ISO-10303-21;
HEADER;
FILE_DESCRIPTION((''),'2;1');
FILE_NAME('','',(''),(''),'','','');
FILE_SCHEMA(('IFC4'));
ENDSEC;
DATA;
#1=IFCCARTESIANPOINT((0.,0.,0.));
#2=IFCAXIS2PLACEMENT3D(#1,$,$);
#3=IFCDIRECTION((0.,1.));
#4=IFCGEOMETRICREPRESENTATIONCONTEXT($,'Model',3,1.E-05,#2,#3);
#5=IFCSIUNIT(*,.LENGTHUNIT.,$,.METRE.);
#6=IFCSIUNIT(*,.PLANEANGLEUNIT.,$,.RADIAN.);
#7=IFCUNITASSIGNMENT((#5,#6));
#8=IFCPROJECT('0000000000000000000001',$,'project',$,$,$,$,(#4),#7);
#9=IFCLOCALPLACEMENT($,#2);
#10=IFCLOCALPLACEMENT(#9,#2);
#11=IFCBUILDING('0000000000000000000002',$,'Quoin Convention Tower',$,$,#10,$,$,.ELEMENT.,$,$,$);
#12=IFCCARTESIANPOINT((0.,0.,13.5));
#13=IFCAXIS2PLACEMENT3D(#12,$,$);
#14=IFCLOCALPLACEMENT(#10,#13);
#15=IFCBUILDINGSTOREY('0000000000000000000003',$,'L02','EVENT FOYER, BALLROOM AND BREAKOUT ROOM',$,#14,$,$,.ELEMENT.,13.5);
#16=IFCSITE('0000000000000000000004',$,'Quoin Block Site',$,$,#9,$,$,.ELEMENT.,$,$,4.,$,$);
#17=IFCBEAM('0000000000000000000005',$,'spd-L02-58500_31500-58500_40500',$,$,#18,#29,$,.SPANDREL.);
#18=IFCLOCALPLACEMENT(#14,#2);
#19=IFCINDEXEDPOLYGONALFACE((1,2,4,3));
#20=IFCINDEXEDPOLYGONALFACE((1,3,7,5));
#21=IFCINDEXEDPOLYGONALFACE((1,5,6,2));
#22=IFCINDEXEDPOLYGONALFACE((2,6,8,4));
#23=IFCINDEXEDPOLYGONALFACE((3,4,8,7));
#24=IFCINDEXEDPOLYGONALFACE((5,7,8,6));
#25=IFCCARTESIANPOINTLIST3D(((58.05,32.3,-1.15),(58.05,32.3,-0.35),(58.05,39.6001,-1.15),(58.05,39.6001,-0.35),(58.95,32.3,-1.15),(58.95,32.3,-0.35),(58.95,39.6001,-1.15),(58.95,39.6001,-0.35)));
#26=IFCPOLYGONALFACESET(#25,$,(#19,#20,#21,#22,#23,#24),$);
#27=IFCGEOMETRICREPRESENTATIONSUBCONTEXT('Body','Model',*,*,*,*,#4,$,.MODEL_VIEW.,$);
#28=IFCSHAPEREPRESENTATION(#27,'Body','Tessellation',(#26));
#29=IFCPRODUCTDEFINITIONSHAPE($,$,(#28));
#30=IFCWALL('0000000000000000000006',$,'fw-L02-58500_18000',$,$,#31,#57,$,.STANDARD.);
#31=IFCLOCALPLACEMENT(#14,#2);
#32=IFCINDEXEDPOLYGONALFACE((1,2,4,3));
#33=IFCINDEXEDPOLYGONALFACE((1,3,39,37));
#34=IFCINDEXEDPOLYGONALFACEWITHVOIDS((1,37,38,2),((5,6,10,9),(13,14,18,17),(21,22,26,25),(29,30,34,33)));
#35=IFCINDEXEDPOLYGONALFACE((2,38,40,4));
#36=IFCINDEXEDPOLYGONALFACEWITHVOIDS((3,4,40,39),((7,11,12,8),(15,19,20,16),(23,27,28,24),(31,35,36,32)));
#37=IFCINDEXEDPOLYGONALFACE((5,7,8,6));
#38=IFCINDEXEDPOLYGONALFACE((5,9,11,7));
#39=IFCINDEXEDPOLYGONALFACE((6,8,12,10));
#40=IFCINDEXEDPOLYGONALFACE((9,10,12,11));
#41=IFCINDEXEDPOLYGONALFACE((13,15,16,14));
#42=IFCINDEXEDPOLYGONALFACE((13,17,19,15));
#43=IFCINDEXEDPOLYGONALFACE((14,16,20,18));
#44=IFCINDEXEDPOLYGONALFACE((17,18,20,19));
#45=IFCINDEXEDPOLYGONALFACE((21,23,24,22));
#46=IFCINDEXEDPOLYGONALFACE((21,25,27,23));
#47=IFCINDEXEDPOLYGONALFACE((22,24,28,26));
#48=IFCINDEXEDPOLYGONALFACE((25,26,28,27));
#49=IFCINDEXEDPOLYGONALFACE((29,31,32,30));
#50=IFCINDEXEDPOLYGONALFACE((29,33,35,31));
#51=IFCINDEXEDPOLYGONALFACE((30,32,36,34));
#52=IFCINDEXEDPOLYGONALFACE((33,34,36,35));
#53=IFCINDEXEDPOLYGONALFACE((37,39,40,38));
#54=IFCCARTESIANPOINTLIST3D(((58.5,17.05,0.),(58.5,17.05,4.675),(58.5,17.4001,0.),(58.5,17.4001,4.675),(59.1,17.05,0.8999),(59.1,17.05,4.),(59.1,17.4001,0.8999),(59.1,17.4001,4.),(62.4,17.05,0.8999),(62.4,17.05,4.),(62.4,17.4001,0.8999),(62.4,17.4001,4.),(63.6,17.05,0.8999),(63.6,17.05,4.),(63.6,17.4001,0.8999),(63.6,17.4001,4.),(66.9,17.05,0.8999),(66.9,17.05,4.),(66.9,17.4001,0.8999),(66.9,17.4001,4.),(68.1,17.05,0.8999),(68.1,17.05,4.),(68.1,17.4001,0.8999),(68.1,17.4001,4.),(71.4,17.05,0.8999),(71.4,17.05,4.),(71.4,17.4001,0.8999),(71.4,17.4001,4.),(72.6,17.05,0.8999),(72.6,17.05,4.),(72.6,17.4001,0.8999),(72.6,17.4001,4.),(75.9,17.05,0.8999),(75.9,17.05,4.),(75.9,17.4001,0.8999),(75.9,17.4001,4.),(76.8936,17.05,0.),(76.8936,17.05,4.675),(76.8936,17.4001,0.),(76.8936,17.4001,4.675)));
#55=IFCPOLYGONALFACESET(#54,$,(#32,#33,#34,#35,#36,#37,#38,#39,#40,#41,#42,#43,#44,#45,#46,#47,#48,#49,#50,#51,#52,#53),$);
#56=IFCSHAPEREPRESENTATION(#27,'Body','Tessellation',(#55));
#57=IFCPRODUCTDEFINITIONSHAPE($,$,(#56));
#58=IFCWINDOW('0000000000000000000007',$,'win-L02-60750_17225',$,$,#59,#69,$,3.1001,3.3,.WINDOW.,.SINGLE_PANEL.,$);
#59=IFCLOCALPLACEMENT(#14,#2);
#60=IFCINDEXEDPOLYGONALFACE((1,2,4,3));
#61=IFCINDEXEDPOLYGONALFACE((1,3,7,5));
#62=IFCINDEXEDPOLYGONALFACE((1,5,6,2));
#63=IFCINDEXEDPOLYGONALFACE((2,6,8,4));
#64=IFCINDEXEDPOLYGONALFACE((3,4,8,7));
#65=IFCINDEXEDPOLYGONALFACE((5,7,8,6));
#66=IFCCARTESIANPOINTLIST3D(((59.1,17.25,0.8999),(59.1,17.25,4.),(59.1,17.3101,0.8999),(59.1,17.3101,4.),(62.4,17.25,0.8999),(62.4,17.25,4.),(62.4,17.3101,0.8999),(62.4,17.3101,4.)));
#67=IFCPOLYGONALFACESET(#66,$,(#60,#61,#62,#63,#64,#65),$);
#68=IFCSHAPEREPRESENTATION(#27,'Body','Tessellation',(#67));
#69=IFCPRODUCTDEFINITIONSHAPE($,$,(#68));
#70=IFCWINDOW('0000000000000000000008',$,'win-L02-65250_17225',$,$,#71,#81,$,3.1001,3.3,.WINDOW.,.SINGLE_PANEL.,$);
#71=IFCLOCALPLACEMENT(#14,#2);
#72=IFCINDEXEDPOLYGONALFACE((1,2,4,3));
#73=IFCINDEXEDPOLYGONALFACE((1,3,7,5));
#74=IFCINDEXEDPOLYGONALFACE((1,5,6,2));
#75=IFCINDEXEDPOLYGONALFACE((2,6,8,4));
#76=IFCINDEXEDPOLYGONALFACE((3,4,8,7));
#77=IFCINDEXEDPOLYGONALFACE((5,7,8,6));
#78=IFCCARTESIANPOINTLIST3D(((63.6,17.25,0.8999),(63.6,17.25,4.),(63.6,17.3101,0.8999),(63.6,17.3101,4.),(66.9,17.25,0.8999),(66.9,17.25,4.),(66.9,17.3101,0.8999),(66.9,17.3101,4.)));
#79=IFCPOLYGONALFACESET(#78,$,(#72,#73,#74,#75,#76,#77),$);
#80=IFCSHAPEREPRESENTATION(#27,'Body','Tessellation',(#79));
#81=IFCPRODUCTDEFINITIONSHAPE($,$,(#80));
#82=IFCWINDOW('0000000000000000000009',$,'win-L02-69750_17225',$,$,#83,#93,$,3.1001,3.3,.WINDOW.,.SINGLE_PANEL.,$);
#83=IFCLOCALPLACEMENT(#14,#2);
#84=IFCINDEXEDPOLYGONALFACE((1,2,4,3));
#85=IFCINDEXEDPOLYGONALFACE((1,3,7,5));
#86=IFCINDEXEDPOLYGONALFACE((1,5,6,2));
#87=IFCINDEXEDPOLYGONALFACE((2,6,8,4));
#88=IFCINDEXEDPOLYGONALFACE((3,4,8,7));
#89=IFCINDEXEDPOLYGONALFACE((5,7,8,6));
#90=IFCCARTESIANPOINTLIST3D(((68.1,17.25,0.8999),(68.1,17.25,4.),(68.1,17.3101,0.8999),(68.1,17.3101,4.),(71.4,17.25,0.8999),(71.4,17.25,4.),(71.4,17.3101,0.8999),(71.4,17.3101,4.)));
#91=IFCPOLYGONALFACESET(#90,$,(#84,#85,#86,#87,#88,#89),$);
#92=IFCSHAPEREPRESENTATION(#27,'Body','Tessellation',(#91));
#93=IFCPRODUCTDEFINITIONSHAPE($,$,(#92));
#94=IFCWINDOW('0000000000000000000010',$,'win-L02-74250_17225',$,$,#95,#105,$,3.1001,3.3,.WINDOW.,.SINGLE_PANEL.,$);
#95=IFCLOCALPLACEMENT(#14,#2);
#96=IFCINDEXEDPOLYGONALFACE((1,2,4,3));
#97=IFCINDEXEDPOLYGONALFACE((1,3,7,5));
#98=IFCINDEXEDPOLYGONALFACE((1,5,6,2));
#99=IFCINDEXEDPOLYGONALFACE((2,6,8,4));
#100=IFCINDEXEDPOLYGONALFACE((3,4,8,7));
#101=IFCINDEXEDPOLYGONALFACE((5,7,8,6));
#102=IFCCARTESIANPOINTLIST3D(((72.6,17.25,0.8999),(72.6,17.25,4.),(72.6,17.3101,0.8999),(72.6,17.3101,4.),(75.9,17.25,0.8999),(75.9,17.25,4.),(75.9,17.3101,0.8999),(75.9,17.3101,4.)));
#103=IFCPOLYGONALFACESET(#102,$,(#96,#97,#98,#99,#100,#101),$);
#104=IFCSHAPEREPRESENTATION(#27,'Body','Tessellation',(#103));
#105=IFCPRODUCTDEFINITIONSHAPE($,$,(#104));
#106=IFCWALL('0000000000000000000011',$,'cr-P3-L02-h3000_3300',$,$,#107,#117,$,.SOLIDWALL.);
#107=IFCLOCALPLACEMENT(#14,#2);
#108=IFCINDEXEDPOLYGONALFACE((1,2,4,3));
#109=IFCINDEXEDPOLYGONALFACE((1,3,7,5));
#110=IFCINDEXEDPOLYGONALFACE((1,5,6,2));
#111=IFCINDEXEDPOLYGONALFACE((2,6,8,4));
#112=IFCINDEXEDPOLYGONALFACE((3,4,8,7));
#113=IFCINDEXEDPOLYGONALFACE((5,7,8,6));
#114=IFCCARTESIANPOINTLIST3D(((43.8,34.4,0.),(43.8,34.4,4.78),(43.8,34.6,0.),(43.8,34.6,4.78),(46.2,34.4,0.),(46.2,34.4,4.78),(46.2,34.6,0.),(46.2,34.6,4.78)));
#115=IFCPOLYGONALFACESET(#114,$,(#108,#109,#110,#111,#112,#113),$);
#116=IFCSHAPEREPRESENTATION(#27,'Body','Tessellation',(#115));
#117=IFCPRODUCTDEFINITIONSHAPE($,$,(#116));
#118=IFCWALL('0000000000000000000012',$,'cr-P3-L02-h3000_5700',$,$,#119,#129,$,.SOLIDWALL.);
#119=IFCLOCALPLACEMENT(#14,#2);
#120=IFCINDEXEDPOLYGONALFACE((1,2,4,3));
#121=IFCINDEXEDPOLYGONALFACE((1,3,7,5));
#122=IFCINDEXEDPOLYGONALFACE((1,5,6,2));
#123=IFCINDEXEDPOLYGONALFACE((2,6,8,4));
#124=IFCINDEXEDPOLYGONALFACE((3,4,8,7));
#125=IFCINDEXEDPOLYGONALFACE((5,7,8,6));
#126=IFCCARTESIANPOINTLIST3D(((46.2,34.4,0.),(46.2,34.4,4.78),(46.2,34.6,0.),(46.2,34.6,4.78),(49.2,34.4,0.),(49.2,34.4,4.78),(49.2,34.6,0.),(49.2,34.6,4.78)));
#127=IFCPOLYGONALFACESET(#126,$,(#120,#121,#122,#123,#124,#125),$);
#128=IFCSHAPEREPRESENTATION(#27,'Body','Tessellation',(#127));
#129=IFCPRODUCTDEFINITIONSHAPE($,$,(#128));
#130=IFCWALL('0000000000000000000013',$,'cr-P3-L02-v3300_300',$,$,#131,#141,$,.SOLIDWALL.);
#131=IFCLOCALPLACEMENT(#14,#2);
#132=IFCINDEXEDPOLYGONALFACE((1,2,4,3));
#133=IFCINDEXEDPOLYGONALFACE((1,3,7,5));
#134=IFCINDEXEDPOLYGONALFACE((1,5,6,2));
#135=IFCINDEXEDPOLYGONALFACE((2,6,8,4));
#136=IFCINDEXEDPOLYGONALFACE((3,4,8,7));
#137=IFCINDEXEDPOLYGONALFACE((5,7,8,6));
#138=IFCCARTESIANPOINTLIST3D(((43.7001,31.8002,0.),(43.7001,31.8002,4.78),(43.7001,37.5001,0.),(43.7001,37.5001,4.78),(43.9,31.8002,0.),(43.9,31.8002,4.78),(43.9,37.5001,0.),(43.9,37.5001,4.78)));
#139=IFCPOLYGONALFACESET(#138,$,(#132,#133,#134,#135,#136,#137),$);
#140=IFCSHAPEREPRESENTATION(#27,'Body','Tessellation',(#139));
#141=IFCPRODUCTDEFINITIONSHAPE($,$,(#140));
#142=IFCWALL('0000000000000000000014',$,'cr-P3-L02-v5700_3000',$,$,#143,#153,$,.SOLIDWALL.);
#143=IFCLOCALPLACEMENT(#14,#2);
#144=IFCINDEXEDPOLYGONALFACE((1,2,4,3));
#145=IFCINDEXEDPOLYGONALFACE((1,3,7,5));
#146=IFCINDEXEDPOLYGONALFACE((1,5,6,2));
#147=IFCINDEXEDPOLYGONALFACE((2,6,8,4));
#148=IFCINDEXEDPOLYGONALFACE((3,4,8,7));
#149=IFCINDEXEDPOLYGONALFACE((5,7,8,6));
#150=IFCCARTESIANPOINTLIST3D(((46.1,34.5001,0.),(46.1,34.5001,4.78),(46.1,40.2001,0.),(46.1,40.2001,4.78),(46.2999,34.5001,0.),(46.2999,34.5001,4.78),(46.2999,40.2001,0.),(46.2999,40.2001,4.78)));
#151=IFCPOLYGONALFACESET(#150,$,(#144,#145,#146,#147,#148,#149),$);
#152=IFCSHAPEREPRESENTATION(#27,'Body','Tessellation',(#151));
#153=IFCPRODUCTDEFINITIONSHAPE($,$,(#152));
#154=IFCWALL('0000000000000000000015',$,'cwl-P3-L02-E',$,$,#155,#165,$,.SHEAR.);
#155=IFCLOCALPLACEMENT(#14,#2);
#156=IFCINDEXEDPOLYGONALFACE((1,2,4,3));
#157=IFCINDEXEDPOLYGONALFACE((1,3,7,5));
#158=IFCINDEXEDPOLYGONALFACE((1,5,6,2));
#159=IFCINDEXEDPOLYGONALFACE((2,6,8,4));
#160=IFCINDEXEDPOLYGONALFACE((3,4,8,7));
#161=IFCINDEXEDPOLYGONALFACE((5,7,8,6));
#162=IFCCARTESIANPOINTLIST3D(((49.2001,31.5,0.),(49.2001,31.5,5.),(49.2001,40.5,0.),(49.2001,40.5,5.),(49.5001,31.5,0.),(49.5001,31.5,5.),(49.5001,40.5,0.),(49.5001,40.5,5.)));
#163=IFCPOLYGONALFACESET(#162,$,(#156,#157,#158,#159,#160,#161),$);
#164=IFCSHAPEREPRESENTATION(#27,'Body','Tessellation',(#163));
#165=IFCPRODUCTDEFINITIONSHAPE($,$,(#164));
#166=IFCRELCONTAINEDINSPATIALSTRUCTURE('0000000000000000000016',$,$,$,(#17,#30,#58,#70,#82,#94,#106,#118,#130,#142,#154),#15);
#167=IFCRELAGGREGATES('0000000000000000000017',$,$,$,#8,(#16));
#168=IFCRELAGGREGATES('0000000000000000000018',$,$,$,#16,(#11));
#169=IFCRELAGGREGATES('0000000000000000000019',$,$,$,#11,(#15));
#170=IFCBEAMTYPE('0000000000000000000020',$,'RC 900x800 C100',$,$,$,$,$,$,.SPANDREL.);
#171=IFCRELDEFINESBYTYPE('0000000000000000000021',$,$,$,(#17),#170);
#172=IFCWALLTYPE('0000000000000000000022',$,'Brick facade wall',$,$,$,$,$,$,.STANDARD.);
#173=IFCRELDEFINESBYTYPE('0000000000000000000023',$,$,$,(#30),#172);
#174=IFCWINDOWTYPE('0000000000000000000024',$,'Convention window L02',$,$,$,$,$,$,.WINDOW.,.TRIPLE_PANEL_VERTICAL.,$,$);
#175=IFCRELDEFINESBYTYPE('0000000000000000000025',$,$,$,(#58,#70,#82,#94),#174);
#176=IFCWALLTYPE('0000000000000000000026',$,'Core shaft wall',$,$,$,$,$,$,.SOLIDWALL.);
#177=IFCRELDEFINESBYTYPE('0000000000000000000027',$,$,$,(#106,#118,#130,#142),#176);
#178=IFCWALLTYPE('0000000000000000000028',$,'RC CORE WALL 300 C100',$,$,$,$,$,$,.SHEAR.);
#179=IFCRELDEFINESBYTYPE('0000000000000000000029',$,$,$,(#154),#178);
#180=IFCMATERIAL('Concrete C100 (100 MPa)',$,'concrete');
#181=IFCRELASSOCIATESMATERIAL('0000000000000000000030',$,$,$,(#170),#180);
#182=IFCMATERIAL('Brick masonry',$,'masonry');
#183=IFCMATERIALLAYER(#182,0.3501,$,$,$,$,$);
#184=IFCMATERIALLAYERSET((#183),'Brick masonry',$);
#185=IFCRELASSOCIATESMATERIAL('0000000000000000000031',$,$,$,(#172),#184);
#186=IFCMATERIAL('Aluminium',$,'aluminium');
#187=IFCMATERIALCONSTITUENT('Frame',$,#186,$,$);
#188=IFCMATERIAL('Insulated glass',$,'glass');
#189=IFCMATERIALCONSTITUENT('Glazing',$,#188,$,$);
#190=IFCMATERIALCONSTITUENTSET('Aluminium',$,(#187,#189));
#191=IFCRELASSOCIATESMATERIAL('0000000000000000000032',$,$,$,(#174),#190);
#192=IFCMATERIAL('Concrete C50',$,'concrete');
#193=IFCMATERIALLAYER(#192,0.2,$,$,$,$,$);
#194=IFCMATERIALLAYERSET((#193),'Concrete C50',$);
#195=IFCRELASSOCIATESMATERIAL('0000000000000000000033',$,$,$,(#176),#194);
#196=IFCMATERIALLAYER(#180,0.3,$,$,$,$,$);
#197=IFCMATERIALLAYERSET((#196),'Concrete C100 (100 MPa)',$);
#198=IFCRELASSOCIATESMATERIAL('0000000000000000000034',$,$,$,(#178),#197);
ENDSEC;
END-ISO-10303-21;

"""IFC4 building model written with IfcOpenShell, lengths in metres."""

from ifc_helpers import new_model, si_unit, direction, frame, frame_2d, origin, origin_2d, place, context, subcontext, project, spatial, rectangle, extrude, material, layer, layer_set, constituent, constituent_set, material_profile, profile_set, type_object, element, fill, save


model = new_model("IFC4")

# Units and contexts
model_context = context("Model", 3, precision=1e-05, world=origin(), true_north=direction((0.0, 1.0)))
body_context = subcontext(model_context, "Body", "Model", "MODEL_VIEW")
ifc_project = project(units=[si_unit("LENGTHUNIT", "METRE"), si_unit("PLANEANGLEUNIT", "RADIAN")], contexts=[model_context])

# Site, building, storey
site_placement = place(None, origin())
site = spatial("IfcSite", under=ifc_project, at=site_placement, Name="Quoin Block Site", CompositionType="ELEMENT", RefElevation=4.0)
building_placement = place(site_placement, origin())
building = spatial("IfcBuilding", under=site, at=building_placement, Name="Quoin Convention Tower", CompositionType="ELEMENT")
storey_placement = place(building_placement, frame((0.0, 0.0, 13.5)))
storey = spatial("IfcBuildingStorey", under=building, at=storey_placement, Name="L02", Description="EVENT FOYER, BALLROOM AND BREAKOUT ROOM", CompositionType="ELEMENT", Elevation=13.5)

# Shared definitions
ifc_material_1 = material(Name="Concrete C100 (100 MPa)", Category="concrete")

# Beam
ifc_material_profile_1 = material_profile(ifc_material_1, rectangle(XDim=0.8999, YDim=0.8, at=origin_2d()), Name="RC 900x800")
ifc_profile_set_1 = profile_set([ifc_material_profile_1], Name="Concrete C100 (100 MPa)")
beam_type_1 = type_object("IfcBeamType", Name="RC 900x800 C100", PredefinedType="SPANDREL", material=ifc_profile_set_1)
beam_1_placement = place(storey_placement, frame((58.5, 32.3, -0.75), z_axis=(0.0, 1.0, 0.0), x_axis=(-1.0, 0.0, 0.0)))
element("IfcBeam", 1, at=beam_1_placement, inside=storey, type_object=beam_type_1, Name="spd-L02-58500_31500-58500_40500", PredefinedType="SPANDREL", context=body_context, shape_type="SweptSolid", body=[
    extrude(rectangle(XDim=0.8999, YDim=0.8, at=origin_2d()), origin(), (0.0, 0.0, 1.0), 7.3),
])

# Wall, openings, windows
ifc_material_2 = material(Name="Brick masonry", Category="masonry")
ifc_layer_1 = layer(ifc_material_2, 0.3501)
ifc_layer_set_1 = layer_set([ifc_layer_1], Name="Brick masonry")
wall_type_1 = type_object("IfcWallType", Name="Brick facade wall", PredefinedType="STANDARD", material=ifc_layer_set_1)
wall_1_placement = place(storey_placement, frame((58.5, 17.2251, 0.0), z_axis=(0.0, 0.0, 1.0), x_axis=(1.0, 0.0, 0.0)))
wall_1 = element("IfcWall", 2, at=wall_1_placement, inside=storey, type_object=wall_type_1, Name="fw-L02-58500_18000", PredefinedType="STANDARD", context=body_context, shape_type="SweptSolid", body=[
    extrude(rectangle(XDim=18.3936, YDim=0.3501, at=frame_2d((9.1968, 0.0))), origin(), (0.0, 0.0, 1.0), 4.675),
])
opening_1_placement = place(wall_1_placement, frame((0.6001, 0.0, 0.8999)))
opening_1 = element("IfcOpeningElement", 3, at=opening_1_placement, cuts=wall_1, PredefinedType="OPENING", context=body_context, shape_type="SweptSolid", body=[
    extrude(rectangle(XDim=3.3, YDim=3.1001, at=frame_2d((1.6499, 1.55))), frame((0.0, 0.1851, 0.0), z_axis=(0.0, -1.0, 0.0), x_axis=(1.0, 0.0, 0.0)), (0.0, 0.0, 1.0), 0.3701),
])
opening_2_placement = place(wall_1_placement, frame((5.1001, 0.0, 0.8999)))
opening_2 = element("IfcOpeningElement", 4, at=opening_2_placement, cuts=wall_1, PredefinedType="OPENING", context=body_context, shape_type="SweptSolid", body=[
    extrude(rectangle(XDim=3.3, YDim=3.1001, at=frame_2d((1.6499, 1.55))), frame((0.0, 0.1851, 0.0), z_axis=(0.0, -1.0, 0.0), x_axis=(1.0, 0.0, 0.0)), (0.0, 0.0, 1.0), 0.3701),
])
opening_3_placement = place(wall_1_placement, frame((9.6001, 0.0, 0.8999)))
opening_3 = element("IfcOpeningElement", 5, at=opening_3_placement, cuts=wall_1, PredefinedType="OPENING", context=body_context, shape_type="SweptSolid", body=[
    extrude(rectangle(XDim=3.3, YDim=3.1001, at=frame_2d((1.6499, 1.55))), frame((0.0, 0.1851, 0.0), z_axis=(0.0, -1.0, 0.0), x_axis=(1.0, 0.0, 0.0)), (0.0, 0.0, 1.0), 0.3701),
])
opening_4_placement = place(wall_1_placement, frame((14.1001, 0.0, 0.8999)))
opening_4 = element("IfcOpeningElement", 6, at=opening_4_placement, cuts=wall_1, PredefinedType="OPENING", context=body_context, shape_type="SweptSolid", body=[
    extrude(rectangle(XDim=3.3, YDim=3.1001, at=frame_2d((1.6499, 1.55))), frame((0.0, 0.1851, 0.0), z_axis=(0.0, -1.0, 0.0), x_axis=(1.0, 0.0, 0.0)), (0.0, 0.0, 1.0), 0.3701),
])
ifc_material_3 = material(Name="Aluminium", Category="aluminium")
ifc_constituent_1 = constituent(ifc_material_3, Name="Frame")
ifc_material_4 = material(Name="Insulated glass", Category="glass")
ifc_constituent_2 = constituent(ifc_material_4, Name="Glazing")
ifc_constituent_set = constituent_set(constituents=[ifc_constituent_1, ifc_constituent_2], Name="Aluminium")
window_type = type_object("IfcWindowType", Name="Convention window L02", PartitioningType="TRIPLE_PANEL_VERTICAL", PredefinedType="WINDOW", material=ifc_constituent_set)
window_1_placement = place(opening_1_placement, origin())
window_1 = element("IfcWindow", 7, at=window_1_placement, inside=storey, type_object=window_type, Name="win-L02-60750_17225", OverallHeight=3.1001, OverallWidth=3.3, PartitioningType="SINGLE_PANEL", PredefinedType="WINDOW", context=body_context, shape_type="SweptSolid", body=[
    extrude(rectangle(XDim=3.3, YDim=3.1001, at=frame_2d((1.6499, 1.55))), frame((0.0, 0.085, 0.0), z_axis=(0.0, -1.0, 0.0), x_axis=(1.0, 0.0, 0.0)), (0.0, 0.0, 1.0), 0.0601),
])
fill(opening_1, window_1)
window_2_placement = place(opening_2_placement, origin())
window_2 = element("IfcWindow", 8, at=window_2_placement, inside=storey, type_object=window_type, Name="win-L02-65250_17225", OverallHeight=3.1001, OverallWidth=3.3, PartitioningType="SINGLE_PANEL", PredefinedType="WINDOW", context=body_context, shape_type="SweptSolid", body=[
    extrude(rectangle(XDim=3.3, YDim=3.1001, at=frame_2d((1.6499, 1.55))), frame((0.0, 0.085, 0.0), z_axis=(0.0, -1.0, 0.0), x_axis=(1.0, 0.0, 0.0)), (0.0, 0.0, 1.0), 0.0601),
])
fill(opening_2, window_2)
window_3_placement = place(opening_3_placement, origin())
window_3 = element("IfcWindow", 9, at=window_3_placement, inside=storey, type_object=window_type, Name="win-L02-69750_17225", OverallHeight=3.1001, OverallWidth=3.3, PartitioningType="SINGLE_PANEL", PredefinedType="WINDOW", context=body_context, shape_type="SweptSolid", body=[
    extrude(rectangle(XDim=3.3, YDim=3.1001, at=frame_2d((1.6499, 1.55))), frame((0.0, 0.085, 0.0), z_axis=(0.0, -1.0, 0.0), x_axis=(1.0, 0.0, 0.0)), (0.0, 0.0, 1.0), 0.0601),
])
fill(opening_3, window_3)
window_4_placement = place(opening_4_placement, origin())
window_4 = element("IfcWindow", 10, at=window_4_placement, inside=storey, type_object=window_type, Name="win-L02-74250_17225", OverallHeight=3.1001, OverallWidth=3.3, PartitioningType="SINGLE_PANEL", PredefinedType="WINDOW", context=body_context, shape_type="SweptSolid", body=[
    extrude(rectangle(XDim=3.3, YDim=3.1001, at=frame_2d((1.6499, 1.55))), frame((0.0, 0.085, 0.0), z_axis=(0.0, -1.0, 0.0), x_axis=(1.0, 0.0, 0.0)), (0.0, 0.0, 1.0), 0.0601),
])
fill(opening_4, window_4)

# Walls
ifc_material_5 = material(Name="Concrete C50", Category="concrete")
ifc_layer_2 = layer(ifc_material_5, 0.2)
ifc_layer_set_2 = layer_set([ifc_layer_2], Name="Concrete C50")
wall_type_2 = type_object("IfcWallType", Name="Core shaft wall", PredefinedType="SOLIDWALL", material=ifc_layer_set_2)
wall_2_placement = place(storey_placement, frame((43.8, 34.5, 0.0), z_axis=(0.0, 0.0, 1.0), x_axis=(1.0, 0.0, 0.0)))
element("IfcWall", 11, at=wall_2_placement, inside=storey, type_object=wall_type_2, Name="cr-P3-L02-h3000_3300", PredefinedType="SOLIDWALL", context=body_context, shape_type="SweptSolid", body=[
    extrude(rectangle(XDim=2.3999, YDim=0.2, at=frame_2d((1.2, 0.0))), origin(), (0.0, 0.0, 1.0), 4.78),
])
wall_3_placement = place(storey_placement, frame((46.2, 34.5, 0.0), z_axis=(0.0, 0.0, 1.0), x_axis=(1.0, 0.0, 0.0)))
element("IfcWall", 12, at=wall_3_placement, inside=storey, type_object=wall_type_2, Name="cr-P3-L02-h3000_5700", PredefinedType="SOLIDWALL", context=body_context, shape_type="SweptSolid", body=[
    extrude(rectangle(XDim=3.0, YDim=0.2, at=frame_2d((1.5, 0.0))), origin(), (0.0, 0.0, 1.0), 4.78),
])
for number, where, z_axis, x_axis, name in (
    (13, (43.8, 31.8, 0.0), (0.0, 0.0, 1.0), (0.0, 1.0, 0.0), "cr-P3-L02-v3300_300"),
    (14, (46.2, 34.5, 0.0), (0.0, 0.0, 1.0), (0.0, 1.0, 0.0), "cr-P3-L02-v5700_3000"),
):
    element("IfcWall", number, at=place(storey_placement, frame(where, z_axis=z_axis, x_axis=x_axis)), inside=storey, type_object=wall_type_2, Name=name, PredefinedType="SOLIDWALL", context=body_context, shape_type="SweptSolid", body=[
        extrude(rectangle(XDim=5.7, YDim=0.2, at=frame_2d((2.8501, 0.0))), origin(), (0.0, 0.0, 1.0), 4.78),
    ])
ifc_layer_3 = layer(ifc_material_1, 0.3)
ifc_layer_set_3 = layer_set([ifc_layer_3], Name="Concrete C100 (100 MPa)")
wall_type_3 = type_object("IfcWallType", Name="RC CORE WALL 300 C100", PredefinedType="SHEAR", material=ifc_layer_set_3)
wall_4_placement = place(storey_placement, frame((49.3501, 31.5, 0.0), z_axis=(0.0, 0.0, 1.0), x_axis=(0.0, 1.0, 0.0)))
element("IfcWall", 15, at=wall_4_placement, inside=storey, type_object=wall_type_3, Name="cwl-P3-L02-E", PredefinedType="SHEAR", context=body_context, shape_type="SweptSolid", body=[
    extrude(rectangle(XDim=9.0, YDim=0.3, at=frame_2d((4.5, 0.0))), origin(), (0.0, 0.0, 1.0), 5.0),
])

save(model, "model.ifc")
